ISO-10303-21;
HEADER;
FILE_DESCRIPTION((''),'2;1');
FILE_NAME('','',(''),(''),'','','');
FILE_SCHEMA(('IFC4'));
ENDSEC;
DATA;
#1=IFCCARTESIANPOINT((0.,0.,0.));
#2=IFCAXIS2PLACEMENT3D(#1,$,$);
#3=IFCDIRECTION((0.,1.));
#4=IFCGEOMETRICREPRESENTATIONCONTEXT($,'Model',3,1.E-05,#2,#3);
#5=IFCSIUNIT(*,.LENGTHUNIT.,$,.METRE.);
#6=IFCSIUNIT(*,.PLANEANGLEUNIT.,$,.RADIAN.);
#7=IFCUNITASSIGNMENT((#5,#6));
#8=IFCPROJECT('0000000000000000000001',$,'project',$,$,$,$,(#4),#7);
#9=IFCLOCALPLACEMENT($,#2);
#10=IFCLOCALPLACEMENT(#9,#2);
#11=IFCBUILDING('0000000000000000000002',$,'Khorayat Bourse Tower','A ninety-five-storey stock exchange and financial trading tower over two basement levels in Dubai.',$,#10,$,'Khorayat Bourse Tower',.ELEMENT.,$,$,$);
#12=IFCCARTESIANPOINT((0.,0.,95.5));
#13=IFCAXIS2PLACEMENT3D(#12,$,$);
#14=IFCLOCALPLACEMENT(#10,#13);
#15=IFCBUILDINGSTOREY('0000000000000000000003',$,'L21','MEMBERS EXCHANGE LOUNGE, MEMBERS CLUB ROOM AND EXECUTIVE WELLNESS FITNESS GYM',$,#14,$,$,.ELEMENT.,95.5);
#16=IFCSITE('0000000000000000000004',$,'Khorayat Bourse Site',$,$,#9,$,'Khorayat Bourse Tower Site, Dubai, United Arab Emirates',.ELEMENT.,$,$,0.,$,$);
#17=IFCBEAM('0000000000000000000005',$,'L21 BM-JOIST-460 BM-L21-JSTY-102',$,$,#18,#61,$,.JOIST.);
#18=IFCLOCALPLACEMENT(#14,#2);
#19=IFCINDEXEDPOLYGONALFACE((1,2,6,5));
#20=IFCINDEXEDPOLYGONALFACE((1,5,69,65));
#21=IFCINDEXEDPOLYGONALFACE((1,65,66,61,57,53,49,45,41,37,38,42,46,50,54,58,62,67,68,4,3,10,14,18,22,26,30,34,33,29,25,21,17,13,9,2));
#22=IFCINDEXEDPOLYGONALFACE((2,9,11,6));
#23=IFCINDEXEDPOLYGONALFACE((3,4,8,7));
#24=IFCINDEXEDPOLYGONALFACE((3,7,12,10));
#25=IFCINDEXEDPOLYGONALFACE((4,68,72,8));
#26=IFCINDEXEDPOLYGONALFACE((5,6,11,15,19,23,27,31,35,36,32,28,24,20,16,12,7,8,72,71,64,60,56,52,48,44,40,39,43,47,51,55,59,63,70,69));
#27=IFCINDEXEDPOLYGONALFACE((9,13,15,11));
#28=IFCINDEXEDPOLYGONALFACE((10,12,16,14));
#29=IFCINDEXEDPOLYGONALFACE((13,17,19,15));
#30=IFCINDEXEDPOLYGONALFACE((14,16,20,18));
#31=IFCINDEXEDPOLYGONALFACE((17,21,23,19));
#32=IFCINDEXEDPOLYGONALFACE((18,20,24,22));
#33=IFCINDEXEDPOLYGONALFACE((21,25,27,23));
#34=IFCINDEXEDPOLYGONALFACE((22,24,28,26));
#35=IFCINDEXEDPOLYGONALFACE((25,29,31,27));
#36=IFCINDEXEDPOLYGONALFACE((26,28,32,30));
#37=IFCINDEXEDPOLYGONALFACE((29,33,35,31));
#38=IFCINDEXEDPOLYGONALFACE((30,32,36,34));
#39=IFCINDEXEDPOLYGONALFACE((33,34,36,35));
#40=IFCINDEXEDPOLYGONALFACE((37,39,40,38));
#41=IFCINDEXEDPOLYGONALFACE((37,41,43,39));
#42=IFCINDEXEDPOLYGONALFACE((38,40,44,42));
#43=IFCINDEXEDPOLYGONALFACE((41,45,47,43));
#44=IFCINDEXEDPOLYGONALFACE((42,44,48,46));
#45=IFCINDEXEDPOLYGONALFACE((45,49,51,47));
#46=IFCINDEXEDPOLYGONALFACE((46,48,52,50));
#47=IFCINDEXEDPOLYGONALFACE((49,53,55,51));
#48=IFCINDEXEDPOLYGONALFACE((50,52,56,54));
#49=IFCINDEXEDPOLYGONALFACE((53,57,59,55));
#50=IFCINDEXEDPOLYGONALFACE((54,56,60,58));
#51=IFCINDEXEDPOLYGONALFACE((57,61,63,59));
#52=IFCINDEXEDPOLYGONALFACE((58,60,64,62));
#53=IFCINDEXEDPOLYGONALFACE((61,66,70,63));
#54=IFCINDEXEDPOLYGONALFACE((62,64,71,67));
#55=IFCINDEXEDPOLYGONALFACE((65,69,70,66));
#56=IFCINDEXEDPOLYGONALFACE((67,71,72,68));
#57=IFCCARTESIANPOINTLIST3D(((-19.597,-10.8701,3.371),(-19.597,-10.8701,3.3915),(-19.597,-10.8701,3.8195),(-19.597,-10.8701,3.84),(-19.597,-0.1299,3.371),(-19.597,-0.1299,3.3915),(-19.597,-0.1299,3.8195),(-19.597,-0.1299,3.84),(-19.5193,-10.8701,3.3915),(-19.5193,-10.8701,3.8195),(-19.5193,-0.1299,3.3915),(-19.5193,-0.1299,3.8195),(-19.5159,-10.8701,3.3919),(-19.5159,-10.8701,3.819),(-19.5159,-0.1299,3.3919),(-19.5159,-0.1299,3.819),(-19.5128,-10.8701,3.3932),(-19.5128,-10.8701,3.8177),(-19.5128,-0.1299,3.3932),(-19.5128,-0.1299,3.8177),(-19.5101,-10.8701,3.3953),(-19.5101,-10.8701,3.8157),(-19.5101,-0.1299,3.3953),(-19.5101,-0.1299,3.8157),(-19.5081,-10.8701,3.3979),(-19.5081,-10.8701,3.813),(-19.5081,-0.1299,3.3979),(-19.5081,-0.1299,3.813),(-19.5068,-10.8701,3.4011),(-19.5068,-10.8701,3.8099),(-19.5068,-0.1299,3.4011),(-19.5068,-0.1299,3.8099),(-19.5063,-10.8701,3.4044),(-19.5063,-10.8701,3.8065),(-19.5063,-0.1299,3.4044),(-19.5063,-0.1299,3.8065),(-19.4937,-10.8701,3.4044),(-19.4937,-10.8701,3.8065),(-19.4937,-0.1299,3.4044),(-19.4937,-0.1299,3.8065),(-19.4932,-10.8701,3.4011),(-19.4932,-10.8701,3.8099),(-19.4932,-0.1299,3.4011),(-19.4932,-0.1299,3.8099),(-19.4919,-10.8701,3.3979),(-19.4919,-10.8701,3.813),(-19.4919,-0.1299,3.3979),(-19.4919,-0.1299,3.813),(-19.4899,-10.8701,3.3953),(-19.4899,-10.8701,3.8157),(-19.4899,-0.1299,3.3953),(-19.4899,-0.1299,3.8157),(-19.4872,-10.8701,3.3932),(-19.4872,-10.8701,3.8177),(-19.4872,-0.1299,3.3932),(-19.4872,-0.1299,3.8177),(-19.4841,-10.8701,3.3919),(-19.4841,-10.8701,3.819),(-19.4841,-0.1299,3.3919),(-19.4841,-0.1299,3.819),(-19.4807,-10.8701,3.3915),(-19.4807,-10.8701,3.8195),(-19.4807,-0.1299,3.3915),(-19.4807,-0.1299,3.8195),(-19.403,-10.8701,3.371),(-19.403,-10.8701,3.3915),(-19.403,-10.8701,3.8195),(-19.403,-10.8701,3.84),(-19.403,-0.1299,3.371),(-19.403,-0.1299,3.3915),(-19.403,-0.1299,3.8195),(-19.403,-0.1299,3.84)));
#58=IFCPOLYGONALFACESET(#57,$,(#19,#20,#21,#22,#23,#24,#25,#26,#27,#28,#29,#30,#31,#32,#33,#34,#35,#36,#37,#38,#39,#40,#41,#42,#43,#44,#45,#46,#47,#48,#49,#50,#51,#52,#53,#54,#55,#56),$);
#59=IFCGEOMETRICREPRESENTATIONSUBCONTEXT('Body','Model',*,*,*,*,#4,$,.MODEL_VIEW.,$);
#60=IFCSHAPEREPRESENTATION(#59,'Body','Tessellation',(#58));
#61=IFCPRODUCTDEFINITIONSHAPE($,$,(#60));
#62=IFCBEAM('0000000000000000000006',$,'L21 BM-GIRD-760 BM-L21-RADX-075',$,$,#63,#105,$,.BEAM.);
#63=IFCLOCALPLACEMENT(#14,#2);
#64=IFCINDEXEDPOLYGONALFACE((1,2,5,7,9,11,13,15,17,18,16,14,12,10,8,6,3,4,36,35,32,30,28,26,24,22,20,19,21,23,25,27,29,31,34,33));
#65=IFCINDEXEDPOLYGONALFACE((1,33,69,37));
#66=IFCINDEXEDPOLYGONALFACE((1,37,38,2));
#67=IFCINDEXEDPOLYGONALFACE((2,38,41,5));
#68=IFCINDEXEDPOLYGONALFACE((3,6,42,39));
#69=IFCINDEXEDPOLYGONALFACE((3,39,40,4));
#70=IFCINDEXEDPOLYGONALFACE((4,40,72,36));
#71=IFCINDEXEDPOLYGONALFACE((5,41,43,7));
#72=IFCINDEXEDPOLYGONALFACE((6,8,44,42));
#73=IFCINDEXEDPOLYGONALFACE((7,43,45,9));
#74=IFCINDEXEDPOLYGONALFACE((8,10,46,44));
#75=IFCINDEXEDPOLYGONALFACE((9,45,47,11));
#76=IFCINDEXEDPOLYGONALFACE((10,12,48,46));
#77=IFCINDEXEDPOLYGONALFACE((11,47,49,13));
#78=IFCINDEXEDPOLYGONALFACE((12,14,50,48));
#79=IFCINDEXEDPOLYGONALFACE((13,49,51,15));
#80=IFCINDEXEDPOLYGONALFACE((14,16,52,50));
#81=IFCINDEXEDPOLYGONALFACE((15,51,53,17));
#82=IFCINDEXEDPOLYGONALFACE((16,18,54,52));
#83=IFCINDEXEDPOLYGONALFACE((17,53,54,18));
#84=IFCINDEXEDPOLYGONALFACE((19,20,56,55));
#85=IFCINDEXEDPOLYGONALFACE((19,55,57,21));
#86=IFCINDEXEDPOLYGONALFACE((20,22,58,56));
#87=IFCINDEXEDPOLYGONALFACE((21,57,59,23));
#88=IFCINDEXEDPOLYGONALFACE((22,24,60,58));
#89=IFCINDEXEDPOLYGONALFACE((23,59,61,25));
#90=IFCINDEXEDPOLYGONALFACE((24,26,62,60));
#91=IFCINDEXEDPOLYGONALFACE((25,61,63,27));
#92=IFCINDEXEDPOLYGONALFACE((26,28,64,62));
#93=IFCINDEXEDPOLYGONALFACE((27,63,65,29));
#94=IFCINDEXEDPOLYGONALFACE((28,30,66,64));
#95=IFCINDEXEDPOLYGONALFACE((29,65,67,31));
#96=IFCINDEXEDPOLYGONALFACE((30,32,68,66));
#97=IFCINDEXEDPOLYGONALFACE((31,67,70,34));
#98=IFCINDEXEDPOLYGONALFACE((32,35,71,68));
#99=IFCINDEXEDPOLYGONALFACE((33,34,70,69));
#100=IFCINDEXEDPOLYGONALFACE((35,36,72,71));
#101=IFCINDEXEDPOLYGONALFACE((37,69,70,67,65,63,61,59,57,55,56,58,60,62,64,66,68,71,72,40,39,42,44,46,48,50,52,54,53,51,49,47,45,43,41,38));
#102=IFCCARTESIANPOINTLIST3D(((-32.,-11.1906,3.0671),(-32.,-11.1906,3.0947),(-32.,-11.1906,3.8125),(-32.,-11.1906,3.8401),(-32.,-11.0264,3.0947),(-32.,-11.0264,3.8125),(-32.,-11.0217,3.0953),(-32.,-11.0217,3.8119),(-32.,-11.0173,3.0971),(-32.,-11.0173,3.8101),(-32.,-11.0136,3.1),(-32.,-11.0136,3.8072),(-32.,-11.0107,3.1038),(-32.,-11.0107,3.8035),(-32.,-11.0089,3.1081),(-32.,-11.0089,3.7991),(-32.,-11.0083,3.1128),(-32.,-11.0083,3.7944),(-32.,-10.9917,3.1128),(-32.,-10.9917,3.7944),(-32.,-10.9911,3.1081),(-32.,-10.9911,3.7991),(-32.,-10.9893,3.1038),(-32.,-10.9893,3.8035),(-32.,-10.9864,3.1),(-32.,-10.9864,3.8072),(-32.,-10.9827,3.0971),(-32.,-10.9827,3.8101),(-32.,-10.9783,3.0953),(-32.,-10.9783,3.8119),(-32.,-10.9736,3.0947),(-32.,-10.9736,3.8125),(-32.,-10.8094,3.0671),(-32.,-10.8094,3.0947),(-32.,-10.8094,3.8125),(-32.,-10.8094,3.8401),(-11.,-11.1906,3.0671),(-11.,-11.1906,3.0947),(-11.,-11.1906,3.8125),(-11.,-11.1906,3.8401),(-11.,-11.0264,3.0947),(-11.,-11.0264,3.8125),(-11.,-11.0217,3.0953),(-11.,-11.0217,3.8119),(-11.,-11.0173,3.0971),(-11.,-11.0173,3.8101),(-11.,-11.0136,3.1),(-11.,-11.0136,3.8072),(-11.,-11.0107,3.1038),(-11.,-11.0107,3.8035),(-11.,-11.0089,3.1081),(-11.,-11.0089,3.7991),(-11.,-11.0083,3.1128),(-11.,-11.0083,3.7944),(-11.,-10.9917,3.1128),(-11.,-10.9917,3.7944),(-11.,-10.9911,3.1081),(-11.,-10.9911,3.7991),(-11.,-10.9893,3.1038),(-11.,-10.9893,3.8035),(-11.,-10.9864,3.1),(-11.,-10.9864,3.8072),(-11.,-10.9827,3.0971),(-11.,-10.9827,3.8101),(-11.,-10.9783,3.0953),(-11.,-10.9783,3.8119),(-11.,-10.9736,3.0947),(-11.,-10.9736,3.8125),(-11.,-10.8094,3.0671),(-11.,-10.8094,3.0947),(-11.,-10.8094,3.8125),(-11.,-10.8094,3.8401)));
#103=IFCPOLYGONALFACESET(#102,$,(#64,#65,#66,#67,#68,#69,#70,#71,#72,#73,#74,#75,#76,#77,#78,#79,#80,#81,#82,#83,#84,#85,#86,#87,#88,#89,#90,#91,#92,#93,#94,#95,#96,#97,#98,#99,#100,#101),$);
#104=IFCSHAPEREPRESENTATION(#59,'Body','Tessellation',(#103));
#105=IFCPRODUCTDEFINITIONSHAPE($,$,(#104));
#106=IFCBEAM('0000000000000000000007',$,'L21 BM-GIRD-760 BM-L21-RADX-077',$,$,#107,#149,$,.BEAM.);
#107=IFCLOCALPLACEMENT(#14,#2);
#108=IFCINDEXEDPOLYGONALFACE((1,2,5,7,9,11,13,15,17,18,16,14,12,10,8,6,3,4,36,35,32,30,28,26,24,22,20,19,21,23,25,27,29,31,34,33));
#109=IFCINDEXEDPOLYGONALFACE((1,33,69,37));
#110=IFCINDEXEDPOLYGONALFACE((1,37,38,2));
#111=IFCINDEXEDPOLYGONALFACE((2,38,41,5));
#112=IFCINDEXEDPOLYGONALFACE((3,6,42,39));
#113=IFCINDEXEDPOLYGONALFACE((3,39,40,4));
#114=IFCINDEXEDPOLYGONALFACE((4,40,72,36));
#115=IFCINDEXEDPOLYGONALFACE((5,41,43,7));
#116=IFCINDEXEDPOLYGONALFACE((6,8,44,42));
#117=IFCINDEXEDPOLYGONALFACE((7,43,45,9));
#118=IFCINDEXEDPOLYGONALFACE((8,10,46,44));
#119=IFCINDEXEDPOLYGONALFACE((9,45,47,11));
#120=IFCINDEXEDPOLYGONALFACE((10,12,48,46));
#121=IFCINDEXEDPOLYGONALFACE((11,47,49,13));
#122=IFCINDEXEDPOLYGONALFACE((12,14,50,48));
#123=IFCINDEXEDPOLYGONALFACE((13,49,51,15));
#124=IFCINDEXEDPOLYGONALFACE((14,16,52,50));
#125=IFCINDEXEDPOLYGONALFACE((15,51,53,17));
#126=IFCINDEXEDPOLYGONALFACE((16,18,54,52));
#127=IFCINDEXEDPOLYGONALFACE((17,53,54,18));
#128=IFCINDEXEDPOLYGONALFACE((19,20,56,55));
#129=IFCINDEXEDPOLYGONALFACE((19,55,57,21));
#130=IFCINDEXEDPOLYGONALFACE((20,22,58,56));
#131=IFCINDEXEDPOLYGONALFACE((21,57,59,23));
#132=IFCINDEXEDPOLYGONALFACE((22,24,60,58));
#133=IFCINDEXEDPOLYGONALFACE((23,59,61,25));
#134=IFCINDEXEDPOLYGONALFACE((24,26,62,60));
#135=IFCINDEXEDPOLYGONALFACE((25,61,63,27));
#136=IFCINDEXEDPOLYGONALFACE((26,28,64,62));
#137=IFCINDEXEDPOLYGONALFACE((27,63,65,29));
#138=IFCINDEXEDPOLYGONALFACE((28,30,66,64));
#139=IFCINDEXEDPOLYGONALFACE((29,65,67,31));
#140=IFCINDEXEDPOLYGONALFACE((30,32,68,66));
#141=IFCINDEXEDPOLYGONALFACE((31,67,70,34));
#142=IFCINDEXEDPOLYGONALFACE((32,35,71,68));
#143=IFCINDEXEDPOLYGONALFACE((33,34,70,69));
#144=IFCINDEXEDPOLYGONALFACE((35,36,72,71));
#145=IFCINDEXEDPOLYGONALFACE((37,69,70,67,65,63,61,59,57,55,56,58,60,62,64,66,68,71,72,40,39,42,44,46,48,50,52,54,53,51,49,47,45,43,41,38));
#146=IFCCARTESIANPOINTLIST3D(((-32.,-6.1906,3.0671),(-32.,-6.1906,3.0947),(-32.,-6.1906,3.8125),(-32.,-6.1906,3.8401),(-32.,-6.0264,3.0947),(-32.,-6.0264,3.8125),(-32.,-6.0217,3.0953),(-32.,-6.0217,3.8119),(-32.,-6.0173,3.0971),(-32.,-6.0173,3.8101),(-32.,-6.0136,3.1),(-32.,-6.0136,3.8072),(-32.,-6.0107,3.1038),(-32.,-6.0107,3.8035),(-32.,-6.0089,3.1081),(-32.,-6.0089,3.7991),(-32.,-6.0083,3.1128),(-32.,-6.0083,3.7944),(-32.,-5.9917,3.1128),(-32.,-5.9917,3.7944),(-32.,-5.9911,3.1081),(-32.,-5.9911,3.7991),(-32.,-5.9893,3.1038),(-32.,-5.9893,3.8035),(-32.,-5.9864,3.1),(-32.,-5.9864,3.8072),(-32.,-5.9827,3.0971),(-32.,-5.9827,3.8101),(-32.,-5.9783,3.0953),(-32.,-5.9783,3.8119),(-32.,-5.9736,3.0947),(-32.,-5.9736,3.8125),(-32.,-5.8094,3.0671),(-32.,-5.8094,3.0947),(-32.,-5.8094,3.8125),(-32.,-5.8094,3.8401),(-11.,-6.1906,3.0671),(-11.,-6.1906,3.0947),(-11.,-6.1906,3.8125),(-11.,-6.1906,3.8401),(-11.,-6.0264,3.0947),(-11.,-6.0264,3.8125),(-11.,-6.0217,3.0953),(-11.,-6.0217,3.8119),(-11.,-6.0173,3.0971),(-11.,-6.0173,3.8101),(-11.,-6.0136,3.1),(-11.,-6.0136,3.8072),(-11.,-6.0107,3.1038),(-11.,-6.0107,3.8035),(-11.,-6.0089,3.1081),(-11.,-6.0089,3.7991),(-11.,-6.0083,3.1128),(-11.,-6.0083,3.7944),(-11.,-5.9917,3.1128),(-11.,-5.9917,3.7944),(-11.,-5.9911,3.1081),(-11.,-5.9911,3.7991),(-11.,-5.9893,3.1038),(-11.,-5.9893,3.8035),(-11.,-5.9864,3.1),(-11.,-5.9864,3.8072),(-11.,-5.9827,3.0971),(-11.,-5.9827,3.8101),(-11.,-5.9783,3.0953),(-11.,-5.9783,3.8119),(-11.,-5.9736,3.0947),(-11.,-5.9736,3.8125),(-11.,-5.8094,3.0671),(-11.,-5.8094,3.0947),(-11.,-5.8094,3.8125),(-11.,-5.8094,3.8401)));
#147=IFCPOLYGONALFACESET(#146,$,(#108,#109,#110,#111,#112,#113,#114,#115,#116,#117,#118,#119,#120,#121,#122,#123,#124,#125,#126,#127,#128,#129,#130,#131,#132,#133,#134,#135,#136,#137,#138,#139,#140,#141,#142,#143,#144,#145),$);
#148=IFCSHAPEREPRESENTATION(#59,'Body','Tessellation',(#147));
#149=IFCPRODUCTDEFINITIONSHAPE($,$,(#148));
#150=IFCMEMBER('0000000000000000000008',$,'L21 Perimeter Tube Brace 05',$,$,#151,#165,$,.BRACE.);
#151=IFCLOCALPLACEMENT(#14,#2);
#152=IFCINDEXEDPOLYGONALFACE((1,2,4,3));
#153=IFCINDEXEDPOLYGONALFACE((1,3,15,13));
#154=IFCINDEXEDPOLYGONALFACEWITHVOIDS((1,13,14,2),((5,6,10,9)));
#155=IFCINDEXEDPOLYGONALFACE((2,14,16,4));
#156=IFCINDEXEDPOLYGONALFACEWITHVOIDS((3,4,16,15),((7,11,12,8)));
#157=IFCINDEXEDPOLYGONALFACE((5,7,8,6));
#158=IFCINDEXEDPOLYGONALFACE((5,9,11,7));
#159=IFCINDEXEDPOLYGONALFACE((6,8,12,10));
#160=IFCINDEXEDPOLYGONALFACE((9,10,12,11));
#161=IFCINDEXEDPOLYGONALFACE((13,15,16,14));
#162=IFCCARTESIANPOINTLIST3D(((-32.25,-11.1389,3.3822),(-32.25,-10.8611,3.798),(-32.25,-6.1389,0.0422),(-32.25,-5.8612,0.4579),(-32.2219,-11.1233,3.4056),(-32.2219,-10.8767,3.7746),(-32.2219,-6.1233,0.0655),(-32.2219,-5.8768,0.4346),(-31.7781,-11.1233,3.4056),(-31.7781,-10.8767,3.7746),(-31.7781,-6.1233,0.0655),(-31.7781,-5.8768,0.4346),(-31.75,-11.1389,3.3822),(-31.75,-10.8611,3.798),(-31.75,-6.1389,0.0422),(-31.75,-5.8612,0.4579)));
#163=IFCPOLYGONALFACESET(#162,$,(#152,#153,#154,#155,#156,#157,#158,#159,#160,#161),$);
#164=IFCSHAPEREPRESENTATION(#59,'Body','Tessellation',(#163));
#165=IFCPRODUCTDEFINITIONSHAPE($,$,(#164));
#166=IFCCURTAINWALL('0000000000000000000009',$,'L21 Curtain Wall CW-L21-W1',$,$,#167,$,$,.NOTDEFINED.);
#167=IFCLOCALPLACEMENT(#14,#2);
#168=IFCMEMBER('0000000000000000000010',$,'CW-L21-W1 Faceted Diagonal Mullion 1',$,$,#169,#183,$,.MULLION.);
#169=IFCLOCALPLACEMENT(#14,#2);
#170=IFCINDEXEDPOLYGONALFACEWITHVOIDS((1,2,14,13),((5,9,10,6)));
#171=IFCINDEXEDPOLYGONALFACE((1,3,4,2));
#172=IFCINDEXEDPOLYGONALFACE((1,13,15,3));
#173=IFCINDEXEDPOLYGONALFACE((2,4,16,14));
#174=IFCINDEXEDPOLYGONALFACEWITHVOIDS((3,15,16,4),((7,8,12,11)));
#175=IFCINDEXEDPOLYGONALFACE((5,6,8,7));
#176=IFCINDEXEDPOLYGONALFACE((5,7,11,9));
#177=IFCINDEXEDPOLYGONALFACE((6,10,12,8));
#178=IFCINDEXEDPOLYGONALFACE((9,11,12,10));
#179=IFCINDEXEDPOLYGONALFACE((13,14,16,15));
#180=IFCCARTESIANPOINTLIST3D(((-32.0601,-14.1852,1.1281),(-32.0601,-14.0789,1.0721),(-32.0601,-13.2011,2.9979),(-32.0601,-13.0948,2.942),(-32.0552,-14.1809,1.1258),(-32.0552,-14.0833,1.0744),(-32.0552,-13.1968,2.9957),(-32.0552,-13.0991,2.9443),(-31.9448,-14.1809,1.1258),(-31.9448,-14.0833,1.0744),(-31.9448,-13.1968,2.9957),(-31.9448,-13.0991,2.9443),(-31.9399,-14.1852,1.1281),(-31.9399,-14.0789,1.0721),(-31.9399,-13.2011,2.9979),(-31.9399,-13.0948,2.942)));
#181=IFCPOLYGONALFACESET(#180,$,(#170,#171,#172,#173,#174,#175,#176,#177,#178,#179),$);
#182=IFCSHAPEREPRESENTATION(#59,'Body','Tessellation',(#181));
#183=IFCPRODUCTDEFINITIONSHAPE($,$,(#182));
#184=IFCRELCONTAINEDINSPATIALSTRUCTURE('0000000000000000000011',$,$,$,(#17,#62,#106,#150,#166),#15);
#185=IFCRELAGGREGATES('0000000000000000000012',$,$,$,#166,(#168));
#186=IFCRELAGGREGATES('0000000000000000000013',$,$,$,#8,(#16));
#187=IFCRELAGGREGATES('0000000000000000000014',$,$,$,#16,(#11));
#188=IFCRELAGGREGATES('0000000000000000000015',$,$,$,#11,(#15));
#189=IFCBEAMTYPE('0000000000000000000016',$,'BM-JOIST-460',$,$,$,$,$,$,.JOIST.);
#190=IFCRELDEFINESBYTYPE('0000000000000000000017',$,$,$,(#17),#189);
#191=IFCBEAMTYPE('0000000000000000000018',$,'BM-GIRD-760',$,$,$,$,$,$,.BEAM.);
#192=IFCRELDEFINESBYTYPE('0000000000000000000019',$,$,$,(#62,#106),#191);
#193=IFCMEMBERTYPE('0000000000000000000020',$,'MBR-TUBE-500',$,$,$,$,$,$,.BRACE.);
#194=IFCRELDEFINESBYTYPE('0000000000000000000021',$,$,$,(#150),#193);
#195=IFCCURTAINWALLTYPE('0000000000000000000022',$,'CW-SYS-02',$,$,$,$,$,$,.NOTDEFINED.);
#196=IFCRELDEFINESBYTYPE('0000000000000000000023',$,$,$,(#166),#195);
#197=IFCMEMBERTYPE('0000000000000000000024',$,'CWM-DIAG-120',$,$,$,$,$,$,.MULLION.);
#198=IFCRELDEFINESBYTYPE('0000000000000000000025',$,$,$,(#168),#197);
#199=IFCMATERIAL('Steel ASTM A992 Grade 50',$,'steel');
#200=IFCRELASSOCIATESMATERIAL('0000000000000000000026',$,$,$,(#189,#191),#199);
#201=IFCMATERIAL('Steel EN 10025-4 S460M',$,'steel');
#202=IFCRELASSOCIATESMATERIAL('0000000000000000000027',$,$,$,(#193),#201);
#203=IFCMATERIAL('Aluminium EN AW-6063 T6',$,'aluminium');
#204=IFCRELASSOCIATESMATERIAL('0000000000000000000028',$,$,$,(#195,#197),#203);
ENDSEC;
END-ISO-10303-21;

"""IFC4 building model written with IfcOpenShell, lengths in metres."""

from ifc_helpers import new_model, si_unit, direction, frame, origin, origin_2d, place, context, subcontext, project, spatial, hollow_rectangle, i_section, extrude, source, transform, mapped, material, material_profile, profile_set, type_object, element, aggregate, save


model = new_model("IFC4")

# Units and contexts
model_context = context("Model", 3, precision=1e-05, world=origin(), true_north=direction((0.0, 1.0)))
body_context = subcontext(model_context, "Body", "Model", "MODEL_VIEW")
ifc_project = project(units=[si_unit("LENGTHUNIT", "METRE"), si_unit("PLANEANGLEUNIT", "RADIAN")], contexts=[model_context])

# Site, building, storey
site_placement = place(None, origin())
site = spatial("IfcSite", under=ifc_project, at=site_placement, Name="Khorayat Bourse Site", LongName="Khorayat Bourse Tower Site, Dubai, United Arab Emirates", CompositionType="ELEMENT", RefElevation=0.0)
building_placement = place(site_placement, origin())
building = spatial("IfcBuilding", under=site, at=building_placement, Name="Khorayat Bourse Tower", Description="A ninety-five-storey stock exchange and financial trading tower over two basement levels in Dubai.", LongName="Khorayat Bourse Tower", CompositionType="ELEMENT")
storey_placement = place(building_placement, frame((0.0, 0.0, 95.5)))
storey = spatial("IfcBuildingStorey", under=building, at=storey_placement, Name="L21", Description="MEMBERS EXCHANGE LOUNGE, MEMBERS CLUB ROOM AND EXECUTIVE WELLNESS FITNESS GYM", CompositionType="ELEMENT", Elevation=95.5)

# Shared definitions
ifc_material_1 = material(Name="Steel EN 10025-4 S460M", Category="steel")

# Beams
ifc_material_2 = material(Name="Steel ASTM A992 Grade 50", Category="steel")
ifc_material_profile_1 = material_profile(ifc_material_2, i_section(OverallWidth=0.1941, OverallDepth=0.469, WebThickness=0.0127, FlangeThickness=0.0205, FilletRadius=0.0129, at=origin_2d()), Name="W460X106")
ifc_profile_set_1 = profile_set([ifc_material_profile_1], Name="Steel ASTM A992 Grade 50")
beam_type_1 = type_object("IfcBeamType", Name="BM-JOIST-460", PredefinedType="JOIST", material=ifc_profile_set_1)
shared_shape_1 = source(origin(), body_context, "Body", "SweptSolid", [
    extrude(i_section(OverallWidth=0.1941, OverallDepth=0.469, WebThickness=0.0127, FlangeThickness=0.0205, FilletRadius=0.0129, at=origin_2d()), origin(), (0.0, 0.0, 1.0), 10.7402),
])
beam_1_placement = place(storey_placement, frame((-19.5, -10.8701, 3.6055), z_axis=(0.0, 1.0, 0.0), x_axis=(-1.0, 0.0, 0.0)))
element("IfcBeam", 1, at=beam_1_placement, inside=storey, type_object=beam_type_1, Name="L21 BM-JOIST-460 BM-L21-JSTY-102", PredefinedType="JOIST", context=body_context, shape_type="MappedRepresentation", body=[
    mapped(shared_shape_1, transform((0.0, 0.0, 0.0), scale=1.0)),
])
ifc_material_profile_2 = material_profile(ifc_material_2, i_section(OverallWidth=0.3811, OverallDepth=0.7729, WebThickness=0.0166, FlangeThickness=0.0276, FilletRadius=0.0181, at=origin_2d()), Name="W760X257")
ifc_profile_set_2 = profile_set([ifc_material_profile_2], Name="Steel ASTM A992 Grade 50")
beam_type_2 = type_object("IfcBeamType", Name="BM-GIRD-760", PredefinedType="BEAM", material=ifc_profile_set_2)
shared_shape_2 = source(origin(), body_context, "Body", "SweptSolid", [
    extrude(i_section(OverallWidth=0.3811, OverallDepth=0.7729, WebThickness=0.0166, FlangeThickness=0.0276, FilletRadius=0.0181, at=origin_2d()), origin(), (0.0, 0.0, 1.0), 21.0),
])
for number, where, z_axis, x_axis, name in (
    (2, (-32.0, -11.0, 3.4536), (1.0, 0.0, 0.0), (0.0, 1.0, 0.0), "L21 BM-GIRD-760 BM-L21-RADX-075"),
    (3, (-32.0, -6.0, 3.4536), (1.0, 0.0, 0.0), (0.0, 1.0, 0.0), "L21 BM-GIRD-760 BM-L21-RADX-077"),
):
    element("IfcBeam", number, at=place(storey_placement, frame(where, z_axis=z_axis, x_axis=x_axis)), inside=storey, type_object=beam_type_2, Name=name, PredefinedType="BEAM", context=body_context, shape_type="MappedRepresentation", body=[
        mapped(shared_shape_2, transform((0.0, 0.0, 0.0), scale=1.0)),
    ])

# Member
ifc_material_profile_3 = material_profile(ifc_material_1, hollow_rectangle(XDim=0.5, YDim=0.5, WallThickness=0.0281, at=origin_2d()), Name="HSS 500x500x28")
ifc_profile_set_3 = profile_set([ifc_material_profile_3], Name="Steel EN 10025-4 S460M")
member_type_1 = type_object("IfcMemberType", Name="MBR-TUBE-500", PredefinedType="BRACE", material=ifc_profile_set_3)
shared_shape_3 = source(origin(), body_context, "Body", "SweptSolid", [
    extrude(hollow_rectangle(XDim=0.5, YDim=0.5, WallThickness=0.0281, at=origin_2d()), origin(), (0.0, 0.0, 1.0), 6.0129),
])
member_1_placement = place(storey_placement, frame((-32.0, -11.0, 3.5901), z_axis=(0.0, 0.831531, -0.555478), x_axis=(-1.0, 0.0, 0.0)))
element("IfcMember", 4, at=member_1_placement, inside=storey, type_object=member_type_1, Name="L21 Perimeter Tube Brace 05", PredefinedType="BRACE", context=body_context, shape_type="MappedRepresentation", body=[
    mapped(shared_shape_3, transform((0.0, 0.0, 0.0), scale=1.0)),
])

# Curtain wall, member
ifc_material_3 = material(Name="Aluminium EN AW-6063 T6", Category="aluminium")
curtain_wall_type = type_object("IfcCurtainWallType", Name="CW-SYS-02", PredefinedType="NOTDEFINED", material=ifc_material_3)
curtain_wall_placement = place(storey_placement, origin())
curtain_wall = element("IfcCurtainWall", 5, at=curtain_wall_placement, inside=storey, type_object=curtain_wall_type, Name="L21 Curtain Wall CW-L21-W1", PredefinedType="NOTDEFINED")
ifc_material_profile_4 = material_profile(ifc_material_3, hollow_rectangle(XDim=0.1201, YDim=0.1201, WallThickness=0.0049, at=origin_2d()), Name="ALU 120x120x5")
ifc_profile_set_4 = profile_set([ifc_material_profile_4], Name="Aluminium EN AW-6063 T6")
member_type_2 = type_object("IfcMemberType", Name="CWM-DIAG-120", PredefinedType="MULLION", material=ifc_profile_set_4)
shared_shape_4 = source(origin(), body_context, "Body", "SweptSolid", [
    extrude(hollow_rectangle(XDim=0.1201, YDim=0.1201, WallThickness=0.0049, at=origin_2d()), origin(), (0.0, 0.0, 1.0), 2.113),
])
member_2_placement = place(storey_placement, frame((-32.0, -14.1321, 1.1001), z_axis=(0.0, 0.465742, 0.884921), x_axis=(-1.0, 0.0, 0.0)))
member_2 = element("IfcMember", 6, at=member_2_placement, type_object=member_type_2, Name="CW-L21-W1 Faceted Diagonal Mullion 1", PredefinedType="MULLION", context=body_context, shape_type="MappedRepresentation", body=[
    mapped(shared_shape_4, transform((0.0, 0.0, 0.0), scale=1.0)),
])

aggregate(curtain_wall, [member_2])

save(model, "model.ifc")
